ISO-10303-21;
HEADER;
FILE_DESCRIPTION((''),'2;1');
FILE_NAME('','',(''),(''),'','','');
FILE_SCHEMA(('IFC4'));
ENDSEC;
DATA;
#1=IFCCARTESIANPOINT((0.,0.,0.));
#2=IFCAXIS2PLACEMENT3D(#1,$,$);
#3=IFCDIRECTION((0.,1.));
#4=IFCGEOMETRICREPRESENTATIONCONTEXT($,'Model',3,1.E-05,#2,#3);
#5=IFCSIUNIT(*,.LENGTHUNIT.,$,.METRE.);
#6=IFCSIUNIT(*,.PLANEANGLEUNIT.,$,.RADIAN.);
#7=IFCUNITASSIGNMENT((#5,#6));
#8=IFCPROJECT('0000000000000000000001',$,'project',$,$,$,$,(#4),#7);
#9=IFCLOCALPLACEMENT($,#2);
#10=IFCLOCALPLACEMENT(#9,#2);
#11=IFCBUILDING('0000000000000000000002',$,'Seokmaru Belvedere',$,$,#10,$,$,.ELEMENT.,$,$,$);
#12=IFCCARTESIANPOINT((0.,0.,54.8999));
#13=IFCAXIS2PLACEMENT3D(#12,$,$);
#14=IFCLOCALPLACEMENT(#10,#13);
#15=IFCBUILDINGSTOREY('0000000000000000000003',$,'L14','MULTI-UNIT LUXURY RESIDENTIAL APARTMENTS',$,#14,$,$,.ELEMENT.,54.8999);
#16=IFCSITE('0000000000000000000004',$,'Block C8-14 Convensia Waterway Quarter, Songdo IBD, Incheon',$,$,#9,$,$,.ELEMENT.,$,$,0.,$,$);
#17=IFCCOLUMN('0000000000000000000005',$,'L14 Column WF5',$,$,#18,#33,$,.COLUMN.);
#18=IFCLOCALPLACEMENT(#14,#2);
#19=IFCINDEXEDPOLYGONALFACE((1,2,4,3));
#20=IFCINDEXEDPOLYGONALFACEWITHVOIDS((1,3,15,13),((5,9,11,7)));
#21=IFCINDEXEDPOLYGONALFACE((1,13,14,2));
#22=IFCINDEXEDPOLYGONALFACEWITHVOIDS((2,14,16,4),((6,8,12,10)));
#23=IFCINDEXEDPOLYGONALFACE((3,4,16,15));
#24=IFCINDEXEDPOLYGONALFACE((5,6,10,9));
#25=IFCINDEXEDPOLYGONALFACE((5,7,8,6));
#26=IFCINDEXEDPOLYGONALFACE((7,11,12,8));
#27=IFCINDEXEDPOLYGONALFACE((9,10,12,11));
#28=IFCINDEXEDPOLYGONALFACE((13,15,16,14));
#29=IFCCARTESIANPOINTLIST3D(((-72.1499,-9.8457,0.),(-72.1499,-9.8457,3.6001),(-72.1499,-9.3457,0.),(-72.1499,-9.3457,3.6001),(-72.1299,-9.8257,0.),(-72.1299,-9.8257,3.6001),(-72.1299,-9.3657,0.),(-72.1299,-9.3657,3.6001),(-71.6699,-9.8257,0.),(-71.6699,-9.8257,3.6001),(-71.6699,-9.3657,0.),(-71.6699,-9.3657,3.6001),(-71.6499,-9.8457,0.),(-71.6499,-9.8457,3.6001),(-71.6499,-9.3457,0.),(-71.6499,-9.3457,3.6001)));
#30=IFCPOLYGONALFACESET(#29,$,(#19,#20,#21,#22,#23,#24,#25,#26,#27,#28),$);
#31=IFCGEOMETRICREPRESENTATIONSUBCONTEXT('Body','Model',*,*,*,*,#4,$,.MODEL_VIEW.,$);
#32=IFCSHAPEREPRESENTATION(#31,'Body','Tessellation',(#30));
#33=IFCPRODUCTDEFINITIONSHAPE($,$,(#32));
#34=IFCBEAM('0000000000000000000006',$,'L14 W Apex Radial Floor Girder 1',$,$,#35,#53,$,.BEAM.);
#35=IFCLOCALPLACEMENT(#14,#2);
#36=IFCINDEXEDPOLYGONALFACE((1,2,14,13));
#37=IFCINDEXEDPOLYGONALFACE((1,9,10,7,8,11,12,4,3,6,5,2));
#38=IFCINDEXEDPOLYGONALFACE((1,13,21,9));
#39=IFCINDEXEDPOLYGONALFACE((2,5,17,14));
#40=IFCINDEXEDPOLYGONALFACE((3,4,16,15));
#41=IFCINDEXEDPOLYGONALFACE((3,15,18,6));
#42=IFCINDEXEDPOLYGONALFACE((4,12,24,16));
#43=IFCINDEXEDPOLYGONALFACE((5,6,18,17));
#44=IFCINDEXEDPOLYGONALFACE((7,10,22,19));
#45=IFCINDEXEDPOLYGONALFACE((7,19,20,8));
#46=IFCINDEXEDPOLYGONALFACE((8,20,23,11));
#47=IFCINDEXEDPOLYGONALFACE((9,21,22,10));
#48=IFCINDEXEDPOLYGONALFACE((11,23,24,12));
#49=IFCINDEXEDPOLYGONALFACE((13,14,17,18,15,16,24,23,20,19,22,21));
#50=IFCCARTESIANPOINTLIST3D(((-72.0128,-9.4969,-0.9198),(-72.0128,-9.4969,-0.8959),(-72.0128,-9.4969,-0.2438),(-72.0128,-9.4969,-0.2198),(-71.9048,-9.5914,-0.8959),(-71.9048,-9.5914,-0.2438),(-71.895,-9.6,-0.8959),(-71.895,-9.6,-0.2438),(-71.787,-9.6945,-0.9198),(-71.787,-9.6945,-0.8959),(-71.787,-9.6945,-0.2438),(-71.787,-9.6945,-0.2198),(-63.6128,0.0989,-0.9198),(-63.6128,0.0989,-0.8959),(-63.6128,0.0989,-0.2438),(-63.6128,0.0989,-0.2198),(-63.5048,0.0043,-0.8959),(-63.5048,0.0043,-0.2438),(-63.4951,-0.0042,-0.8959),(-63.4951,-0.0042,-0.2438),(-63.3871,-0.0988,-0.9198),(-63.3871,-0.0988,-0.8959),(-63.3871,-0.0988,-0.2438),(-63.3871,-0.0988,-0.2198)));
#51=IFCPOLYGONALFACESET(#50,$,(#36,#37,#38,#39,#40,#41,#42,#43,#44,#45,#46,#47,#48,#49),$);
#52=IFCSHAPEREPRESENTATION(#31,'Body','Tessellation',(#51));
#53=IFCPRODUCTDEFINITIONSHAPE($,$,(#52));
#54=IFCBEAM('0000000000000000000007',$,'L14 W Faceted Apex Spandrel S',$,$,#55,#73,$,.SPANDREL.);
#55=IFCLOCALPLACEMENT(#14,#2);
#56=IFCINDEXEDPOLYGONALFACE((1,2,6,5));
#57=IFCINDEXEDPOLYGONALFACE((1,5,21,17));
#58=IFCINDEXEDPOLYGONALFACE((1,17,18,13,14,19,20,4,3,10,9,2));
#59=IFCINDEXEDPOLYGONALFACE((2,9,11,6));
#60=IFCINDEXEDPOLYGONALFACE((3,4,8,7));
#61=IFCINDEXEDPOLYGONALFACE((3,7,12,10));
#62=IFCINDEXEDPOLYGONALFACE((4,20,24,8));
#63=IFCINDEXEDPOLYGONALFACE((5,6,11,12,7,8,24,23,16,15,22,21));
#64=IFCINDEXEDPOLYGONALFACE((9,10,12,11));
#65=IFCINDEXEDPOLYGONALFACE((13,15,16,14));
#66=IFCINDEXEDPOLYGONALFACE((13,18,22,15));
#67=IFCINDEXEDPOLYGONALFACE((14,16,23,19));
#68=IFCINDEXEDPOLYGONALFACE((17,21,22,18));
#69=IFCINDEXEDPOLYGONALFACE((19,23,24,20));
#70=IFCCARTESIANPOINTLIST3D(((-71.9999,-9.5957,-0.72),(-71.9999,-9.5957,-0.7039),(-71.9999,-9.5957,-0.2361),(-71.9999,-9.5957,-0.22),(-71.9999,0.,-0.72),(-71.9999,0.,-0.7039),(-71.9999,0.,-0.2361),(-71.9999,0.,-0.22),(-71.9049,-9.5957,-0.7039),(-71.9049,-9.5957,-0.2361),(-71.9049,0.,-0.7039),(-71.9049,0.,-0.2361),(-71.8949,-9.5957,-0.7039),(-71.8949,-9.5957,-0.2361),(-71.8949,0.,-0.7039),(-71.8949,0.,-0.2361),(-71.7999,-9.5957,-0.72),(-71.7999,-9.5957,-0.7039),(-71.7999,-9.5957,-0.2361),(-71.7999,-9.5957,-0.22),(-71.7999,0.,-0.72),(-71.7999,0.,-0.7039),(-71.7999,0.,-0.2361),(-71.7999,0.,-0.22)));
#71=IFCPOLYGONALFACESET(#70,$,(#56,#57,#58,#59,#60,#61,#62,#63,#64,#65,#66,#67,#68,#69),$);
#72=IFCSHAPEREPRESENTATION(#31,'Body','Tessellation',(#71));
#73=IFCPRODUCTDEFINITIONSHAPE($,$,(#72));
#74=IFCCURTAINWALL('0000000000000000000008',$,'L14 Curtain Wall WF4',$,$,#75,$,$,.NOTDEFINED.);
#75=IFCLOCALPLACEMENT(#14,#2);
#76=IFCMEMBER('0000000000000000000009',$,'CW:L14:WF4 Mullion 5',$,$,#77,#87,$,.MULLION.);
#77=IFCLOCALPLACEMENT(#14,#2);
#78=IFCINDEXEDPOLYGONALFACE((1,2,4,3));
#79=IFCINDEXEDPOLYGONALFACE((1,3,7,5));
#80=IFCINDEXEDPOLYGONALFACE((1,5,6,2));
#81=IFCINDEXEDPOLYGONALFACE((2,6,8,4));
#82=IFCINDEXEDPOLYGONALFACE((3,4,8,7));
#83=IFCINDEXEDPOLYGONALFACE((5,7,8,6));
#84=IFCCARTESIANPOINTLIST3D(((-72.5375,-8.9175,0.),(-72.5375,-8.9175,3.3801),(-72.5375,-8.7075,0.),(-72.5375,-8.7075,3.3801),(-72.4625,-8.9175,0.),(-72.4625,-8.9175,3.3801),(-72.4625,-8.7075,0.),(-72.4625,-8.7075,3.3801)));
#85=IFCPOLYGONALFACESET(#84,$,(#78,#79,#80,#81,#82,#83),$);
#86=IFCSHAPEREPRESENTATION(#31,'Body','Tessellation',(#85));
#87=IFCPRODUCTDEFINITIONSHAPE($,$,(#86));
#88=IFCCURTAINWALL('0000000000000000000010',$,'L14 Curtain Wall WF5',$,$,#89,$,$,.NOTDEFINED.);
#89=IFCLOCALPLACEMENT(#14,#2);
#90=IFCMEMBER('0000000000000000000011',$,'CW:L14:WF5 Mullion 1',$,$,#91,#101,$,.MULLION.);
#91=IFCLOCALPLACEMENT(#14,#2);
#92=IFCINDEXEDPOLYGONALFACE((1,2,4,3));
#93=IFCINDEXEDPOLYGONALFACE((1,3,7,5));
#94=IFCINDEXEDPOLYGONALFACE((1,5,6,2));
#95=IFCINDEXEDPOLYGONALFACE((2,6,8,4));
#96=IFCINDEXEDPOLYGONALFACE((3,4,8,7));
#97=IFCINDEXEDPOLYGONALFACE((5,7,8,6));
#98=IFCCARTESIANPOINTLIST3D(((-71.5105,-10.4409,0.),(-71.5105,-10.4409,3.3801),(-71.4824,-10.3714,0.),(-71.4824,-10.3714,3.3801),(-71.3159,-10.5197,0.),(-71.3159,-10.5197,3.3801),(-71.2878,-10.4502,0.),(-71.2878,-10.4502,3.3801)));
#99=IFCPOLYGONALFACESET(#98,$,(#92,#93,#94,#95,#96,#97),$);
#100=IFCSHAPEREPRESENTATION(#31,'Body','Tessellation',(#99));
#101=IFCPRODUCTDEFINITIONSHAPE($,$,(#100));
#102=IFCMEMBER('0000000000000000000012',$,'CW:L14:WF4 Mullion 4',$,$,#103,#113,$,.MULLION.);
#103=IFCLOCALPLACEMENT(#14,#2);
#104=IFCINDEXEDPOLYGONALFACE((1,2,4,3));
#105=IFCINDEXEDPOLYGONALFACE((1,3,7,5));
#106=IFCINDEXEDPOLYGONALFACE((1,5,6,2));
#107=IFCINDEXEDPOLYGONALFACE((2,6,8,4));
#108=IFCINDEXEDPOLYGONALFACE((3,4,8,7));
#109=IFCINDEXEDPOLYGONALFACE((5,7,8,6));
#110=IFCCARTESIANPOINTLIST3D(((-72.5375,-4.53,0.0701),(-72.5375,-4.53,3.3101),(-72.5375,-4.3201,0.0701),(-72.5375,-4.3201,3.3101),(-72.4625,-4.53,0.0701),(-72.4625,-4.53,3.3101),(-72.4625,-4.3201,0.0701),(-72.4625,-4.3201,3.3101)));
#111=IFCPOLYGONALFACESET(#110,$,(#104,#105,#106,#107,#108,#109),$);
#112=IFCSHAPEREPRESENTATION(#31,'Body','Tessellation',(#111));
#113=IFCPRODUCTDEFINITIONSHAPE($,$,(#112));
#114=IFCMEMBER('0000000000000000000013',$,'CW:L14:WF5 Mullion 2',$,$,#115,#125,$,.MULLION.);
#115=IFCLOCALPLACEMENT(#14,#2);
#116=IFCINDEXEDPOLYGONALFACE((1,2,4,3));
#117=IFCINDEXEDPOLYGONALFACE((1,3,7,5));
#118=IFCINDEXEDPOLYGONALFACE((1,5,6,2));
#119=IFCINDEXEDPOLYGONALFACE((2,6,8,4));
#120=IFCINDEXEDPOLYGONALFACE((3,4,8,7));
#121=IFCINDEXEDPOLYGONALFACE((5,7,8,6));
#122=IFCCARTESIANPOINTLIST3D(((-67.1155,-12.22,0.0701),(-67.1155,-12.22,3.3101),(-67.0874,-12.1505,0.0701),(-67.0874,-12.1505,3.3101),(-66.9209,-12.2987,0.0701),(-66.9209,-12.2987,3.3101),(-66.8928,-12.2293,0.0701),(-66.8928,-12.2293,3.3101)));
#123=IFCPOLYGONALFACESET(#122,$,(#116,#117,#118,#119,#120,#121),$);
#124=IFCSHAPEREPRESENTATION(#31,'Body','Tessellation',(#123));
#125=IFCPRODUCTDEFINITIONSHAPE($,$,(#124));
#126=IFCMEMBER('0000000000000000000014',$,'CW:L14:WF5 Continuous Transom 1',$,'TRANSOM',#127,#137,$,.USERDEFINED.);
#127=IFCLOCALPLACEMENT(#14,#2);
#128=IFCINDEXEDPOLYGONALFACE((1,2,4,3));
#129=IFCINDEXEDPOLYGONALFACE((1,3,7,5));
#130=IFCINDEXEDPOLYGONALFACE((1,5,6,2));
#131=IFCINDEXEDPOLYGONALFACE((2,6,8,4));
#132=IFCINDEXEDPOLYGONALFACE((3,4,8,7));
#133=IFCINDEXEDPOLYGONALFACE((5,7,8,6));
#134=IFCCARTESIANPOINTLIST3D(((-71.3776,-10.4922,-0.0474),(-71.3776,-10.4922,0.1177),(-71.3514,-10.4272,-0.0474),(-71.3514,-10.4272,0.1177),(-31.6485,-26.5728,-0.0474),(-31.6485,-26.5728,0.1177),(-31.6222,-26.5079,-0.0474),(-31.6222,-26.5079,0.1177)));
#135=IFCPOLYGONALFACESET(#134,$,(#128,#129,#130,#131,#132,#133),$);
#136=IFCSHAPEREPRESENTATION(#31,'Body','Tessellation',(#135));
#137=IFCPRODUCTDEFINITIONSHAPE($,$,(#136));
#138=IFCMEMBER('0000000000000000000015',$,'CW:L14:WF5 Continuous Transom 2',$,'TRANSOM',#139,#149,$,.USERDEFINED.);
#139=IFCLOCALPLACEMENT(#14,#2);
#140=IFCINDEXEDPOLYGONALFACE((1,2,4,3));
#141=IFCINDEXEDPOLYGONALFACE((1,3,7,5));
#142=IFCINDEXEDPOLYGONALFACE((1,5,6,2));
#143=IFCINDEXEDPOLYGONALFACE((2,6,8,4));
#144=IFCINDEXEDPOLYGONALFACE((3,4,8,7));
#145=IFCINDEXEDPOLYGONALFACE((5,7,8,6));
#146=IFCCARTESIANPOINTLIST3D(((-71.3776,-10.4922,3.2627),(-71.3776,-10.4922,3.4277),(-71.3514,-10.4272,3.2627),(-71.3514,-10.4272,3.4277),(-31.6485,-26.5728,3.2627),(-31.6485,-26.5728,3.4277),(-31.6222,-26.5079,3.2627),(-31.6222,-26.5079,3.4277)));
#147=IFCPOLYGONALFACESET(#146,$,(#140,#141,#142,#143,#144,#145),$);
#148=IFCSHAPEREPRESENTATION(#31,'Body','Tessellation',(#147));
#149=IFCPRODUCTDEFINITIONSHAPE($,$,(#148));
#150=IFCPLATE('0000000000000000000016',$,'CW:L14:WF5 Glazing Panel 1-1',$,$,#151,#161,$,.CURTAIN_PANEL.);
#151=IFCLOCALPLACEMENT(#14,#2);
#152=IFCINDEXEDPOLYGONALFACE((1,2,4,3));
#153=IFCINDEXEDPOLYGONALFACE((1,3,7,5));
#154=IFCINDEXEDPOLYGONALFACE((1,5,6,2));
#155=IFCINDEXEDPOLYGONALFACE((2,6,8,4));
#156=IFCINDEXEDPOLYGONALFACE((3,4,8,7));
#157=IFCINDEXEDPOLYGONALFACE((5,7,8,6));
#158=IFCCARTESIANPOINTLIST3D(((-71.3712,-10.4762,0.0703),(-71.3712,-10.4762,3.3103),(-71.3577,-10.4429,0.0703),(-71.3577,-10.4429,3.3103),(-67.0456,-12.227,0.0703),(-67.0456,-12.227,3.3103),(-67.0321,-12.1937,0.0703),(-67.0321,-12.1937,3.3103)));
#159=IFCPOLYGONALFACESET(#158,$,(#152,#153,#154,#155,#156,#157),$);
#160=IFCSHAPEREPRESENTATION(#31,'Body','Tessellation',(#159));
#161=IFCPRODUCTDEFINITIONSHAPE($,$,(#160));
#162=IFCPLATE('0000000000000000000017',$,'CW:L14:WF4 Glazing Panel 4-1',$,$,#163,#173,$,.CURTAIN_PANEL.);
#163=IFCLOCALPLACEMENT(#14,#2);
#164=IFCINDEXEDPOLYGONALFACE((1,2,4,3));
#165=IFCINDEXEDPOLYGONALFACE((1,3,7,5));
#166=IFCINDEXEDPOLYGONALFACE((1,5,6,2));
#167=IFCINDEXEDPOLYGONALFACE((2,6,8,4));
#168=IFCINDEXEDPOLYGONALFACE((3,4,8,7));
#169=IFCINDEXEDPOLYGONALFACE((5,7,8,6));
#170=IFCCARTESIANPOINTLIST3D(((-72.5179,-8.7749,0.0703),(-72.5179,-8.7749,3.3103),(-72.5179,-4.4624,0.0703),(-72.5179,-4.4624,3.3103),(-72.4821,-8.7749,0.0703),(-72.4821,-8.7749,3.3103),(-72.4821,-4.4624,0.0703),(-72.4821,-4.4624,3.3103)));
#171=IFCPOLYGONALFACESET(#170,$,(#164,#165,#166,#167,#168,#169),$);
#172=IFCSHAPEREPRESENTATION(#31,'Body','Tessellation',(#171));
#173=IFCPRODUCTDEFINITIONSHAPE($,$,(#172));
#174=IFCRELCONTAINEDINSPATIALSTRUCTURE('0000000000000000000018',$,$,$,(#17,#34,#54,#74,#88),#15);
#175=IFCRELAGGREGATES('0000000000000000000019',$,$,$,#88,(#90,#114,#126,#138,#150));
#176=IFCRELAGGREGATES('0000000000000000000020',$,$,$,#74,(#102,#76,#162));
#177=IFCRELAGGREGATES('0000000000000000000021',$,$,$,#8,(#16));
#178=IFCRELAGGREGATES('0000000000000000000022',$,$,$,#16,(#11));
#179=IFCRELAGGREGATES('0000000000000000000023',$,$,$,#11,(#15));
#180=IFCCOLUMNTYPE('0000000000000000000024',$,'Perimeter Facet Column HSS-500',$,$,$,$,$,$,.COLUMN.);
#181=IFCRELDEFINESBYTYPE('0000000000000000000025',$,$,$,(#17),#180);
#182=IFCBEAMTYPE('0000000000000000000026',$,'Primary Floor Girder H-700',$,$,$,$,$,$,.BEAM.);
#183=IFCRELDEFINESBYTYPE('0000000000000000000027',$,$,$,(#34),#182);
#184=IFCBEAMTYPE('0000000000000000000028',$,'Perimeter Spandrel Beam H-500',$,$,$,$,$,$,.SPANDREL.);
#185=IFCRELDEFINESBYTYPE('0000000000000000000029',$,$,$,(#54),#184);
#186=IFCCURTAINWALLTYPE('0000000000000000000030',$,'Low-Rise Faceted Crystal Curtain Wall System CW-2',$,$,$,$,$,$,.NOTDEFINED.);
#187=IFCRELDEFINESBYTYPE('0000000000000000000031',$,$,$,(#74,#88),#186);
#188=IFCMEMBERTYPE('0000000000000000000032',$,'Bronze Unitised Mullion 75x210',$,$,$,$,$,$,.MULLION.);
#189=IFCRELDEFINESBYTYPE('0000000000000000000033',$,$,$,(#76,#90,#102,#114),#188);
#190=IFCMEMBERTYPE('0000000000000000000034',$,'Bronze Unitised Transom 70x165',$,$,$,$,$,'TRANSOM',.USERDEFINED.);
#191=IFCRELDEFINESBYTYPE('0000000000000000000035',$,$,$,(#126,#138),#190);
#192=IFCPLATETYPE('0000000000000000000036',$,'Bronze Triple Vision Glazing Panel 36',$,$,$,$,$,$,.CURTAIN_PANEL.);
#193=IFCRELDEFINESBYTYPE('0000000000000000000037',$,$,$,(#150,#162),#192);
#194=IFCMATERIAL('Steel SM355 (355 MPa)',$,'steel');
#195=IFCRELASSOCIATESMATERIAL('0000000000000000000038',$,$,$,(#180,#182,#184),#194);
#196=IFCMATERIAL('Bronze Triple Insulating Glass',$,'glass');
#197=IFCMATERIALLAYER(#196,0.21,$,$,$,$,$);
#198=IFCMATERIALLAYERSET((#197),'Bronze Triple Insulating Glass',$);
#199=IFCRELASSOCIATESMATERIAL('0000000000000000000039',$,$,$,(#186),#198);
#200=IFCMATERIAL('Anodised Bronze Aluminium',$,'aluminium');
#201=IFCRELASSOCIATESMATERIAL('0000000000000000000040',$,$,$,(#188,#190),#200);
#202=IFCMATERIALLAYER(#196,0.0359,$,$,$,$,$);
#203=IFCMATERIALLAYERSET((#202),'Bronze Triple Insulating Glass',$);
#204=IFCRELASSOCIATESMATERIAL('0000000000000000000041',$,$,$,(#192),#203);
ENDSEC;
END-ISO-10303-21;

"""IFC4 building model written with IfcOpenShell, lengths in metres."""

from ifc_helpers import new_model, si_unit, direction, frame, origin, origin_2d, place, context, subcontext, project, spatial, rectangle, hollow_rectangle, i_section, extrude, source, transform, mapped, material, layer, layer_set, material_profile, profile_set, type_object, type_shapes, element, aggregate, save


model = new_model("IFC4")

# Units and contexts
model_context = context("Model", 3, precision=1e-05, world=origin(), true_north=direction((0.0, 1.0)))
body_context = subcontext(model_context, "Body", "Model", "MODEL_VIEW")
ifc_project = project(units=[si_unit("LENGTHUNIT", "METRE"), si_unit("PLANEANGLEUNIT", "RADIAN")], contexts=[model_context])

# Site, building, storey
site_placement = place(None, origin())
site = spatial("IfcSite", under=ifc_project, at=site_placement, Name="Block C8-14 Convensia Waterway Quarter, Songdo IBD, Incheon", CompositionType="ELEMENT", RefElevation=0.0)
building_placement = place(site_placement, origin())
building = spatial("IfcBuilding", under=site, at=building_placement, Name="Seokmaru Belvedere", CompositionType="ELEMENT")
storey_placement = place(building_placement, frame((0.0, 0.0, 54.8999)))
storey = spatial("IfcBuildingStorey", under=building, at=storey_placement, Name="L14", Description="MULTI-UNIT LUXURY RESIDENTIAL APARTMENTS", CompositionType="ELEMENT", Elevation=54.8999)

# Column
ifc_material_1 = material(Name="Steel SM355 (355 MPa)", Category="steel")
ifc_material_profile_1 = material_profile(ifc_material_1, hollow_rectangle(XDim=0.5, YDim=0.5, WallThickness=0.02, at=origin_2d()), Name="HSS-500x500x20")
ifc_profile_set_1 = profile_set([ifc_material_profile_1], Name="Steel SM355 (355 MPa)")
column_type = type_object("IfcColumnType", Name="Perimeter Facet Column HSS-500", PredefinedType="COLUMN", material=ifc_profile_set_1)
shared_shape_1 = source(origin(), body_context, "Body", "SweptSolid", [
    extrude(hollow_rectangle(XDim=0.5, YDim=0.5, WallThickness=0.02, at=origin_2d()), origin(), (0.0, 0.0, 1.0), 3.6001),
])
type_shapes(column_type, [shared_shape_1])
column_placement = place(storey_placement, frame((-71.8999, -9.5957, 0.0), z_axis=(0.0, 0.0, 1.0), x_axis=(1.0, 0.0, 0.0)))
element("IfcColumn", 1, at=column_placement, inside=storey, type_object=column_type, Name="L14 Column WF5", PredefinedType="COLUMN", context=body_context, shape_type="MappedRepresentation", body=[
    mapped(shared_shape_1, transform((0.0, 0.0, 0.0), scale=1.0)),
])

# Beams
ifc_material_profile_2 = material_profile(ifc_material_1, i_section(OverallWidth=0.3, OverallDepth=0.7, WebThickness=0.0129, FlangeThickness=0.0239, at=origin_2d()), Name="H-700x300x13x24")
ifc_profile_set_2 = profile_set([ifc_material_profile_2], Name="Steel SM355 (355 MPa)")
beam_type_1 = type_object("IfcBeamType", Name="Primary Floor Girder H-700", PredefinedType="BEAM", material=ifc_profile_set_2)
shared_shape_2 = source(origin(), body_context, "Body", "SweptSolid", [
    extrude(i_section(OverallWidth=0.3, OverallDepth=0.7, WebThickness=0.0129, FlangeThickness=0.0239, at=origin_2d()), origin(), (0.0, 0.0, 1.0), 12.7529),
])
type_shapes(beam_type_1, [shared_shape_2])
beam_1_placement = place(storey_placement, frame((-71.8999, -9.5957, -0.5698), z_axis=(0.658667, 0.752434, 0.0), x_axis=(-0.752434, 0.658667, 0.0)))
element("IfcBeam", 2, at=beam_1_placement, inside=storey, type_object=beam_type_1, Name="L14 W Apex Radial Floor Girder 1", PredefinedType="BEAM", context=body_context, shape_type="MappedRepresentation", body=[
    mapped(shared_shape_2, transform((0.0, 0.0, 0.0), scale=1.0)),
])
ifc_material_profile_3 = material_profile(ifc_material_1, i_section(OverallWidth=0.2, OverallDepth=0.5, WebThickness=0.01, FlangeThickness=0.0161, at=origin_2d()), Name="H-500x200x10x16")
ifc_profile_set_3 = profile_set([ifc_material_profile_3], Name="Steel SM355 (355 MPa)")
beam_type_2 = type_object("IfcBeamType", Name="Perimeter Spandrel Beam H-500", PredefinedType="SPANDREL", material=ifc_profile_set_3)
shared_shape_3 = source(origin(), body_context, "Body", "SweptSolid", [
    extrude(i_section(OverallWidth=0.2, OverallDepth=0.5, WebThickness=0.01, FlangeThickness=0.0161, at=origin_2d()), origin(), (0.0, 0.0, 1.0), 9.5957),
])
type_shapes(beam_type_2, [shared_shape_3])
beam_2_placement = place(storey_placement, frame((-71.8999, -9.5957, -0.47), z_axis=(0.0, 1.0, 0.0), x_axis=(-1.0, 0.0, 0.0)))
element("IfcBeam", 3, at=beam_2_placement, inside=storey, type_object=beam_type_2, Name="L14 W Faceted Apex Spandrel S", PredefinedType="SPANDREL", context=body_context, shape_type="MappedRepresentation", body=[
    mapped(shared_shape_3, transform((0.0, 0.0, 0.0), scale=1.0)),
])

# Curtain walls, members
ifc_material_2 = material(Name="Bronze Triple Insulating Glass", Category="glass")
ifc_layer_1 = layer(ifc_material_2, 0.21)
ifc_layer_set_1 = layer_set([ifc_layer_1], Name="Bronze Triple Insulating Glass")
curtain_wall_type = type_object("IfcCurtainWallType", Name="Low-Rise Faceted Crystal Curtain Wall System CW-2", PredefinedType="NOTDEFINED", material=ifc_layer_set_1)
curtain_wall_1_placement = place(storey_placement, origin())
curtain_wall_1 = element("IfcCurtainWall", 4, at=curtain_wall_1_placement, inside=storey, type_object=curtain_wall_type, Name="L14 Curtain Wall WF4", PredefinedType="NOTDEFINED")
ifc_material_3 = material(Name="Anodised Bronze Aluminium", Category="aluminium")
ifc_material_profile_4 = material_profile(ifc_material_3, rectangle(XDim=0.075, YDim=0.21, at=origin_2d()), Name="CW-M-75x210")
ifc_profile_set_4 = profile_set([ifc_material_profile_4], Name="Anodised Bronze Aluminium")
member_type_1 = type_object("IfcMemberType", Name="Bronze Unitised Mullion 75x210", PredefinedType="MULLION", material=ifc_profile_set_4)
shared_shape_4 = source(origin(), body_context, "Body", "SweptSolid", [
    extrude(rectangle(XDim=0.075, YDim=0.21, at=origin_2d()), origin(), (0.0, 0.0, 1.0), 3.3801),
])
member_1_placement = place(storey_placement, frame((-72.5, -8.8125, 0.0), z_axis=(0.0, 0.0, 1.0), x_axis=(1.0, 0.0, 0.0)))
member_1 = element("IfcMember", 5, at=member_1_placement, type_object=member_type_1, Name="CW:L14:WF4 Mullion 5", PredefinedType="MULLION", context=body_context, shape_type="MappedRepresentation", body=[
    mapped(shared_shape_4, transform((0.0, 0.0, 0.0), scale=1.0)),
])
curtain_wall_2_placement = place(storey_placement, origin())
curtain_wall_2 = element("IfcCurtainWall", 6, at=curtain_wall_2_placement, inside=storey, type_object=curtain_wall_type, Name="L14 Curtain Wall WF5", PredefinedType="NOTDEFINED")
member_2_placement = place(storey_placement, frame((-71.3992, -10.4456, 0.0), z_axis=(0.0, 0.0, 1.0), x_axis=(0.375192, 0.926947, 0.0)))
member_2 = element("IfcMember", 7, at=member_2_placement, type_object=member_type_1, Name="CW:L14:WF5 Mullion 1", PredefinedType="MULLION", context=body_context, shape_type="MappedRepresentation", body=[
    mapped(shared_shape_4, transform((0.0, 0.0, 0.0), scale=1.0)),
])

# Members
shared_shape_5 = source(origin(), body_context, "Body", "SweptSolid", [
    extrude(rectangle(XDim=0.075, YDim=0.21, at=origin_2d()), origin(), (0.0, 0.0, 1.0), 3.24),
])
type_shapes(member_type_1, [shared_shape_4, shared_shape_5])
member_3_placement = place(storey_placement, frame((-72.5, -4.425, 0.0701), z_axis=(0.0, 0.0, 1.0), x_axis=(1.0, 0.0, 0.0)))
member_3 = element("IfcMember", 8, at=member_3_placement, type_object=member_type_1, Name="CW:L14:WF4 Mullion 4", PredefinedType="MULLION", context=body_context, shape_type="MappedRepresentation", body=[
    mapped(shared_shape_5, transform((0.0, 0.0, 0.0), scale=1.0)),
])
member_4_placement = place(storey_placement, frame((-67.0042, -12.2246, 0.0701), z_axis=(0.0, 0.0, 1.0), x_axis=(0.375192, 0.926947, 0.0)))
member_4 = element("IfcMember", 9, at=member_4_placement, type_object=member_type_1, Name="CW:L14:WF5 Mullion 2", PredefinedType="MULLION", context=body_context, shape_type="MappedRepresentation", body=[
    mapped(shared_shape_5, transform((0.0, 0.0, 0.0), scale=1.0)),
])
ifc_material_profile_5 = material_profile(ifc_material_3, rectangle(XDim=0.0701, YDim=0.165, at=origin_2d()), Name="CW-T-70x165")
ifc_profile_set_5 = profile_set([ifc_material_profile_5], Name="Anodised Bronze Aluminium")
member_type_2 = type_object("IfcMemberType", Name="Bronze Unitised Transom 70x165", ElementType="TRANSOM", PredefinedType="USERDEFINED", material=ifc_profile_set_5)
shared_shape_6 = source(origin(), body_context, "Body", "SweptSolid", [
    extrude(rectangle(XDim=0.0701, YDim=0.165, at=origin_2d()), origin(), (0.0, 0.0, 1.0), 42.8601),
])
type_shapes(member_type_2, [shared_shape_6])
member_5_placement = place(storey_placement, frame((-71.3645, -10.4597, 0.0352), z_axis=(0.926949, -0.375188, 0.0), x_axis=(0.375188, 0.926949, 0.0)))
member_5 = element("IfcMember", 10, at=member_5_placement, type_object=member_type_2, Name="CW:L14:WF5 Continuous Transom 1", ObjectType="TRANSOM", PredefinedType="USERDEFINED", context=body_context, shape_type="MappedRepresentation", body=[
    mapped(shared_shape_6, transform((0.0, 0.0, 0.0), scale=1.0)),
])
member_6_placement = place(storey_placement, frame((-71.3645, -10.4597, 3.3452), z_axis=(0.926949, -0.375188, 0.0), x_axis=(0.375188, 0.926949, 0.0)))
member_6 = element("IfcMember", 11, at=member_6_placement, type_object=member_type_2, Name="CW:L14:WF5 Continuous Transom 2", ObjectType="TRANSOM", PredefinedType="USERDEFINED", context=body_context, shape_type="MappedRepresentation", body=[
    mapped(shared_shape_6, transform((0.0, 0.0, 0.0), scale=1.0)),
])

# Plates
ifc_layer_2 = layer(ifc_material_2, 0.0359)
ifc_layer_set_2 = layer_set([ifc_layer_2], Name="Bronze Triple Insulating Glass")
plate_type = type_object("IfcPlateType", Name="Bronze Triple Vision Glazing Panel 36", PredefinedType="CURTAIN_PANEL", material=ifc_layer_set_2)
shared_shape_7 = source(origin(), body_context, "Body", "SweptSolid", [
    extrude(rectangle(XDim=4.6665, YDim=0.0359, at=origin_2d()), origin(), (0.0, 0.0, 1.0), 3.24),
])
plate_1_placement = place(storey_placement, frame((-69.2017, -11.335, 0.0703), z_axis=(0.0, 0.0, 1.0), x_axis=(0.926947, -0.375192, 0.0)))
plate_1 = element("IfcPlate", 12, at=plate_1_placement, type_object=plate_type, Name="CW:L14:WF5 Glazing Panel 1-1", PredefinedType="CURTAIN_PANEL", context=body_context, shape_type="MappedRepresentation", body=[
    mapped(shared_shape_7, transform((0.0, 0.0, 0.0), scale=1.0)),
])
aggregate(curtain_wall_2, [member_2, member_4, member_5, member_6, plate_1])
shared_shape_8 = source(origin(), body_context, "Body", "SweptSolid", [
    extrude(rectangle(XDim=4.3125, YDim=0.0359, at=origin_2d()), origin(), (0.0, 0.0, 1.0), 3.24),
])
type_shapes(plate_type, [shared_shape_7, shared_shape_8])
plate_2_placement = place(storey_placement, frame((-72.5, -6.6187, 0.0703), z_axis=(0.0, 0.0, 1.0), x_axis=(0.0, -1.0, 0.0)))
plate_2 = element("IfcPlate", 13, at=plate_2_placement, type_object=plate_type, Name="CW:L14:WF4 Glazing Panel 4-1", PredefinedType="CURTAIN_PANEL", context=body_context, shape_type="MappedRepresentation", body=[
    mapped(shared_shape_8, transform((0.0, 0.0, 0.0), scale=1.0)),
])
aggregate(curtain_wall_1, [member_3, member_1, plate_2])

save(model, "model.ifc")
